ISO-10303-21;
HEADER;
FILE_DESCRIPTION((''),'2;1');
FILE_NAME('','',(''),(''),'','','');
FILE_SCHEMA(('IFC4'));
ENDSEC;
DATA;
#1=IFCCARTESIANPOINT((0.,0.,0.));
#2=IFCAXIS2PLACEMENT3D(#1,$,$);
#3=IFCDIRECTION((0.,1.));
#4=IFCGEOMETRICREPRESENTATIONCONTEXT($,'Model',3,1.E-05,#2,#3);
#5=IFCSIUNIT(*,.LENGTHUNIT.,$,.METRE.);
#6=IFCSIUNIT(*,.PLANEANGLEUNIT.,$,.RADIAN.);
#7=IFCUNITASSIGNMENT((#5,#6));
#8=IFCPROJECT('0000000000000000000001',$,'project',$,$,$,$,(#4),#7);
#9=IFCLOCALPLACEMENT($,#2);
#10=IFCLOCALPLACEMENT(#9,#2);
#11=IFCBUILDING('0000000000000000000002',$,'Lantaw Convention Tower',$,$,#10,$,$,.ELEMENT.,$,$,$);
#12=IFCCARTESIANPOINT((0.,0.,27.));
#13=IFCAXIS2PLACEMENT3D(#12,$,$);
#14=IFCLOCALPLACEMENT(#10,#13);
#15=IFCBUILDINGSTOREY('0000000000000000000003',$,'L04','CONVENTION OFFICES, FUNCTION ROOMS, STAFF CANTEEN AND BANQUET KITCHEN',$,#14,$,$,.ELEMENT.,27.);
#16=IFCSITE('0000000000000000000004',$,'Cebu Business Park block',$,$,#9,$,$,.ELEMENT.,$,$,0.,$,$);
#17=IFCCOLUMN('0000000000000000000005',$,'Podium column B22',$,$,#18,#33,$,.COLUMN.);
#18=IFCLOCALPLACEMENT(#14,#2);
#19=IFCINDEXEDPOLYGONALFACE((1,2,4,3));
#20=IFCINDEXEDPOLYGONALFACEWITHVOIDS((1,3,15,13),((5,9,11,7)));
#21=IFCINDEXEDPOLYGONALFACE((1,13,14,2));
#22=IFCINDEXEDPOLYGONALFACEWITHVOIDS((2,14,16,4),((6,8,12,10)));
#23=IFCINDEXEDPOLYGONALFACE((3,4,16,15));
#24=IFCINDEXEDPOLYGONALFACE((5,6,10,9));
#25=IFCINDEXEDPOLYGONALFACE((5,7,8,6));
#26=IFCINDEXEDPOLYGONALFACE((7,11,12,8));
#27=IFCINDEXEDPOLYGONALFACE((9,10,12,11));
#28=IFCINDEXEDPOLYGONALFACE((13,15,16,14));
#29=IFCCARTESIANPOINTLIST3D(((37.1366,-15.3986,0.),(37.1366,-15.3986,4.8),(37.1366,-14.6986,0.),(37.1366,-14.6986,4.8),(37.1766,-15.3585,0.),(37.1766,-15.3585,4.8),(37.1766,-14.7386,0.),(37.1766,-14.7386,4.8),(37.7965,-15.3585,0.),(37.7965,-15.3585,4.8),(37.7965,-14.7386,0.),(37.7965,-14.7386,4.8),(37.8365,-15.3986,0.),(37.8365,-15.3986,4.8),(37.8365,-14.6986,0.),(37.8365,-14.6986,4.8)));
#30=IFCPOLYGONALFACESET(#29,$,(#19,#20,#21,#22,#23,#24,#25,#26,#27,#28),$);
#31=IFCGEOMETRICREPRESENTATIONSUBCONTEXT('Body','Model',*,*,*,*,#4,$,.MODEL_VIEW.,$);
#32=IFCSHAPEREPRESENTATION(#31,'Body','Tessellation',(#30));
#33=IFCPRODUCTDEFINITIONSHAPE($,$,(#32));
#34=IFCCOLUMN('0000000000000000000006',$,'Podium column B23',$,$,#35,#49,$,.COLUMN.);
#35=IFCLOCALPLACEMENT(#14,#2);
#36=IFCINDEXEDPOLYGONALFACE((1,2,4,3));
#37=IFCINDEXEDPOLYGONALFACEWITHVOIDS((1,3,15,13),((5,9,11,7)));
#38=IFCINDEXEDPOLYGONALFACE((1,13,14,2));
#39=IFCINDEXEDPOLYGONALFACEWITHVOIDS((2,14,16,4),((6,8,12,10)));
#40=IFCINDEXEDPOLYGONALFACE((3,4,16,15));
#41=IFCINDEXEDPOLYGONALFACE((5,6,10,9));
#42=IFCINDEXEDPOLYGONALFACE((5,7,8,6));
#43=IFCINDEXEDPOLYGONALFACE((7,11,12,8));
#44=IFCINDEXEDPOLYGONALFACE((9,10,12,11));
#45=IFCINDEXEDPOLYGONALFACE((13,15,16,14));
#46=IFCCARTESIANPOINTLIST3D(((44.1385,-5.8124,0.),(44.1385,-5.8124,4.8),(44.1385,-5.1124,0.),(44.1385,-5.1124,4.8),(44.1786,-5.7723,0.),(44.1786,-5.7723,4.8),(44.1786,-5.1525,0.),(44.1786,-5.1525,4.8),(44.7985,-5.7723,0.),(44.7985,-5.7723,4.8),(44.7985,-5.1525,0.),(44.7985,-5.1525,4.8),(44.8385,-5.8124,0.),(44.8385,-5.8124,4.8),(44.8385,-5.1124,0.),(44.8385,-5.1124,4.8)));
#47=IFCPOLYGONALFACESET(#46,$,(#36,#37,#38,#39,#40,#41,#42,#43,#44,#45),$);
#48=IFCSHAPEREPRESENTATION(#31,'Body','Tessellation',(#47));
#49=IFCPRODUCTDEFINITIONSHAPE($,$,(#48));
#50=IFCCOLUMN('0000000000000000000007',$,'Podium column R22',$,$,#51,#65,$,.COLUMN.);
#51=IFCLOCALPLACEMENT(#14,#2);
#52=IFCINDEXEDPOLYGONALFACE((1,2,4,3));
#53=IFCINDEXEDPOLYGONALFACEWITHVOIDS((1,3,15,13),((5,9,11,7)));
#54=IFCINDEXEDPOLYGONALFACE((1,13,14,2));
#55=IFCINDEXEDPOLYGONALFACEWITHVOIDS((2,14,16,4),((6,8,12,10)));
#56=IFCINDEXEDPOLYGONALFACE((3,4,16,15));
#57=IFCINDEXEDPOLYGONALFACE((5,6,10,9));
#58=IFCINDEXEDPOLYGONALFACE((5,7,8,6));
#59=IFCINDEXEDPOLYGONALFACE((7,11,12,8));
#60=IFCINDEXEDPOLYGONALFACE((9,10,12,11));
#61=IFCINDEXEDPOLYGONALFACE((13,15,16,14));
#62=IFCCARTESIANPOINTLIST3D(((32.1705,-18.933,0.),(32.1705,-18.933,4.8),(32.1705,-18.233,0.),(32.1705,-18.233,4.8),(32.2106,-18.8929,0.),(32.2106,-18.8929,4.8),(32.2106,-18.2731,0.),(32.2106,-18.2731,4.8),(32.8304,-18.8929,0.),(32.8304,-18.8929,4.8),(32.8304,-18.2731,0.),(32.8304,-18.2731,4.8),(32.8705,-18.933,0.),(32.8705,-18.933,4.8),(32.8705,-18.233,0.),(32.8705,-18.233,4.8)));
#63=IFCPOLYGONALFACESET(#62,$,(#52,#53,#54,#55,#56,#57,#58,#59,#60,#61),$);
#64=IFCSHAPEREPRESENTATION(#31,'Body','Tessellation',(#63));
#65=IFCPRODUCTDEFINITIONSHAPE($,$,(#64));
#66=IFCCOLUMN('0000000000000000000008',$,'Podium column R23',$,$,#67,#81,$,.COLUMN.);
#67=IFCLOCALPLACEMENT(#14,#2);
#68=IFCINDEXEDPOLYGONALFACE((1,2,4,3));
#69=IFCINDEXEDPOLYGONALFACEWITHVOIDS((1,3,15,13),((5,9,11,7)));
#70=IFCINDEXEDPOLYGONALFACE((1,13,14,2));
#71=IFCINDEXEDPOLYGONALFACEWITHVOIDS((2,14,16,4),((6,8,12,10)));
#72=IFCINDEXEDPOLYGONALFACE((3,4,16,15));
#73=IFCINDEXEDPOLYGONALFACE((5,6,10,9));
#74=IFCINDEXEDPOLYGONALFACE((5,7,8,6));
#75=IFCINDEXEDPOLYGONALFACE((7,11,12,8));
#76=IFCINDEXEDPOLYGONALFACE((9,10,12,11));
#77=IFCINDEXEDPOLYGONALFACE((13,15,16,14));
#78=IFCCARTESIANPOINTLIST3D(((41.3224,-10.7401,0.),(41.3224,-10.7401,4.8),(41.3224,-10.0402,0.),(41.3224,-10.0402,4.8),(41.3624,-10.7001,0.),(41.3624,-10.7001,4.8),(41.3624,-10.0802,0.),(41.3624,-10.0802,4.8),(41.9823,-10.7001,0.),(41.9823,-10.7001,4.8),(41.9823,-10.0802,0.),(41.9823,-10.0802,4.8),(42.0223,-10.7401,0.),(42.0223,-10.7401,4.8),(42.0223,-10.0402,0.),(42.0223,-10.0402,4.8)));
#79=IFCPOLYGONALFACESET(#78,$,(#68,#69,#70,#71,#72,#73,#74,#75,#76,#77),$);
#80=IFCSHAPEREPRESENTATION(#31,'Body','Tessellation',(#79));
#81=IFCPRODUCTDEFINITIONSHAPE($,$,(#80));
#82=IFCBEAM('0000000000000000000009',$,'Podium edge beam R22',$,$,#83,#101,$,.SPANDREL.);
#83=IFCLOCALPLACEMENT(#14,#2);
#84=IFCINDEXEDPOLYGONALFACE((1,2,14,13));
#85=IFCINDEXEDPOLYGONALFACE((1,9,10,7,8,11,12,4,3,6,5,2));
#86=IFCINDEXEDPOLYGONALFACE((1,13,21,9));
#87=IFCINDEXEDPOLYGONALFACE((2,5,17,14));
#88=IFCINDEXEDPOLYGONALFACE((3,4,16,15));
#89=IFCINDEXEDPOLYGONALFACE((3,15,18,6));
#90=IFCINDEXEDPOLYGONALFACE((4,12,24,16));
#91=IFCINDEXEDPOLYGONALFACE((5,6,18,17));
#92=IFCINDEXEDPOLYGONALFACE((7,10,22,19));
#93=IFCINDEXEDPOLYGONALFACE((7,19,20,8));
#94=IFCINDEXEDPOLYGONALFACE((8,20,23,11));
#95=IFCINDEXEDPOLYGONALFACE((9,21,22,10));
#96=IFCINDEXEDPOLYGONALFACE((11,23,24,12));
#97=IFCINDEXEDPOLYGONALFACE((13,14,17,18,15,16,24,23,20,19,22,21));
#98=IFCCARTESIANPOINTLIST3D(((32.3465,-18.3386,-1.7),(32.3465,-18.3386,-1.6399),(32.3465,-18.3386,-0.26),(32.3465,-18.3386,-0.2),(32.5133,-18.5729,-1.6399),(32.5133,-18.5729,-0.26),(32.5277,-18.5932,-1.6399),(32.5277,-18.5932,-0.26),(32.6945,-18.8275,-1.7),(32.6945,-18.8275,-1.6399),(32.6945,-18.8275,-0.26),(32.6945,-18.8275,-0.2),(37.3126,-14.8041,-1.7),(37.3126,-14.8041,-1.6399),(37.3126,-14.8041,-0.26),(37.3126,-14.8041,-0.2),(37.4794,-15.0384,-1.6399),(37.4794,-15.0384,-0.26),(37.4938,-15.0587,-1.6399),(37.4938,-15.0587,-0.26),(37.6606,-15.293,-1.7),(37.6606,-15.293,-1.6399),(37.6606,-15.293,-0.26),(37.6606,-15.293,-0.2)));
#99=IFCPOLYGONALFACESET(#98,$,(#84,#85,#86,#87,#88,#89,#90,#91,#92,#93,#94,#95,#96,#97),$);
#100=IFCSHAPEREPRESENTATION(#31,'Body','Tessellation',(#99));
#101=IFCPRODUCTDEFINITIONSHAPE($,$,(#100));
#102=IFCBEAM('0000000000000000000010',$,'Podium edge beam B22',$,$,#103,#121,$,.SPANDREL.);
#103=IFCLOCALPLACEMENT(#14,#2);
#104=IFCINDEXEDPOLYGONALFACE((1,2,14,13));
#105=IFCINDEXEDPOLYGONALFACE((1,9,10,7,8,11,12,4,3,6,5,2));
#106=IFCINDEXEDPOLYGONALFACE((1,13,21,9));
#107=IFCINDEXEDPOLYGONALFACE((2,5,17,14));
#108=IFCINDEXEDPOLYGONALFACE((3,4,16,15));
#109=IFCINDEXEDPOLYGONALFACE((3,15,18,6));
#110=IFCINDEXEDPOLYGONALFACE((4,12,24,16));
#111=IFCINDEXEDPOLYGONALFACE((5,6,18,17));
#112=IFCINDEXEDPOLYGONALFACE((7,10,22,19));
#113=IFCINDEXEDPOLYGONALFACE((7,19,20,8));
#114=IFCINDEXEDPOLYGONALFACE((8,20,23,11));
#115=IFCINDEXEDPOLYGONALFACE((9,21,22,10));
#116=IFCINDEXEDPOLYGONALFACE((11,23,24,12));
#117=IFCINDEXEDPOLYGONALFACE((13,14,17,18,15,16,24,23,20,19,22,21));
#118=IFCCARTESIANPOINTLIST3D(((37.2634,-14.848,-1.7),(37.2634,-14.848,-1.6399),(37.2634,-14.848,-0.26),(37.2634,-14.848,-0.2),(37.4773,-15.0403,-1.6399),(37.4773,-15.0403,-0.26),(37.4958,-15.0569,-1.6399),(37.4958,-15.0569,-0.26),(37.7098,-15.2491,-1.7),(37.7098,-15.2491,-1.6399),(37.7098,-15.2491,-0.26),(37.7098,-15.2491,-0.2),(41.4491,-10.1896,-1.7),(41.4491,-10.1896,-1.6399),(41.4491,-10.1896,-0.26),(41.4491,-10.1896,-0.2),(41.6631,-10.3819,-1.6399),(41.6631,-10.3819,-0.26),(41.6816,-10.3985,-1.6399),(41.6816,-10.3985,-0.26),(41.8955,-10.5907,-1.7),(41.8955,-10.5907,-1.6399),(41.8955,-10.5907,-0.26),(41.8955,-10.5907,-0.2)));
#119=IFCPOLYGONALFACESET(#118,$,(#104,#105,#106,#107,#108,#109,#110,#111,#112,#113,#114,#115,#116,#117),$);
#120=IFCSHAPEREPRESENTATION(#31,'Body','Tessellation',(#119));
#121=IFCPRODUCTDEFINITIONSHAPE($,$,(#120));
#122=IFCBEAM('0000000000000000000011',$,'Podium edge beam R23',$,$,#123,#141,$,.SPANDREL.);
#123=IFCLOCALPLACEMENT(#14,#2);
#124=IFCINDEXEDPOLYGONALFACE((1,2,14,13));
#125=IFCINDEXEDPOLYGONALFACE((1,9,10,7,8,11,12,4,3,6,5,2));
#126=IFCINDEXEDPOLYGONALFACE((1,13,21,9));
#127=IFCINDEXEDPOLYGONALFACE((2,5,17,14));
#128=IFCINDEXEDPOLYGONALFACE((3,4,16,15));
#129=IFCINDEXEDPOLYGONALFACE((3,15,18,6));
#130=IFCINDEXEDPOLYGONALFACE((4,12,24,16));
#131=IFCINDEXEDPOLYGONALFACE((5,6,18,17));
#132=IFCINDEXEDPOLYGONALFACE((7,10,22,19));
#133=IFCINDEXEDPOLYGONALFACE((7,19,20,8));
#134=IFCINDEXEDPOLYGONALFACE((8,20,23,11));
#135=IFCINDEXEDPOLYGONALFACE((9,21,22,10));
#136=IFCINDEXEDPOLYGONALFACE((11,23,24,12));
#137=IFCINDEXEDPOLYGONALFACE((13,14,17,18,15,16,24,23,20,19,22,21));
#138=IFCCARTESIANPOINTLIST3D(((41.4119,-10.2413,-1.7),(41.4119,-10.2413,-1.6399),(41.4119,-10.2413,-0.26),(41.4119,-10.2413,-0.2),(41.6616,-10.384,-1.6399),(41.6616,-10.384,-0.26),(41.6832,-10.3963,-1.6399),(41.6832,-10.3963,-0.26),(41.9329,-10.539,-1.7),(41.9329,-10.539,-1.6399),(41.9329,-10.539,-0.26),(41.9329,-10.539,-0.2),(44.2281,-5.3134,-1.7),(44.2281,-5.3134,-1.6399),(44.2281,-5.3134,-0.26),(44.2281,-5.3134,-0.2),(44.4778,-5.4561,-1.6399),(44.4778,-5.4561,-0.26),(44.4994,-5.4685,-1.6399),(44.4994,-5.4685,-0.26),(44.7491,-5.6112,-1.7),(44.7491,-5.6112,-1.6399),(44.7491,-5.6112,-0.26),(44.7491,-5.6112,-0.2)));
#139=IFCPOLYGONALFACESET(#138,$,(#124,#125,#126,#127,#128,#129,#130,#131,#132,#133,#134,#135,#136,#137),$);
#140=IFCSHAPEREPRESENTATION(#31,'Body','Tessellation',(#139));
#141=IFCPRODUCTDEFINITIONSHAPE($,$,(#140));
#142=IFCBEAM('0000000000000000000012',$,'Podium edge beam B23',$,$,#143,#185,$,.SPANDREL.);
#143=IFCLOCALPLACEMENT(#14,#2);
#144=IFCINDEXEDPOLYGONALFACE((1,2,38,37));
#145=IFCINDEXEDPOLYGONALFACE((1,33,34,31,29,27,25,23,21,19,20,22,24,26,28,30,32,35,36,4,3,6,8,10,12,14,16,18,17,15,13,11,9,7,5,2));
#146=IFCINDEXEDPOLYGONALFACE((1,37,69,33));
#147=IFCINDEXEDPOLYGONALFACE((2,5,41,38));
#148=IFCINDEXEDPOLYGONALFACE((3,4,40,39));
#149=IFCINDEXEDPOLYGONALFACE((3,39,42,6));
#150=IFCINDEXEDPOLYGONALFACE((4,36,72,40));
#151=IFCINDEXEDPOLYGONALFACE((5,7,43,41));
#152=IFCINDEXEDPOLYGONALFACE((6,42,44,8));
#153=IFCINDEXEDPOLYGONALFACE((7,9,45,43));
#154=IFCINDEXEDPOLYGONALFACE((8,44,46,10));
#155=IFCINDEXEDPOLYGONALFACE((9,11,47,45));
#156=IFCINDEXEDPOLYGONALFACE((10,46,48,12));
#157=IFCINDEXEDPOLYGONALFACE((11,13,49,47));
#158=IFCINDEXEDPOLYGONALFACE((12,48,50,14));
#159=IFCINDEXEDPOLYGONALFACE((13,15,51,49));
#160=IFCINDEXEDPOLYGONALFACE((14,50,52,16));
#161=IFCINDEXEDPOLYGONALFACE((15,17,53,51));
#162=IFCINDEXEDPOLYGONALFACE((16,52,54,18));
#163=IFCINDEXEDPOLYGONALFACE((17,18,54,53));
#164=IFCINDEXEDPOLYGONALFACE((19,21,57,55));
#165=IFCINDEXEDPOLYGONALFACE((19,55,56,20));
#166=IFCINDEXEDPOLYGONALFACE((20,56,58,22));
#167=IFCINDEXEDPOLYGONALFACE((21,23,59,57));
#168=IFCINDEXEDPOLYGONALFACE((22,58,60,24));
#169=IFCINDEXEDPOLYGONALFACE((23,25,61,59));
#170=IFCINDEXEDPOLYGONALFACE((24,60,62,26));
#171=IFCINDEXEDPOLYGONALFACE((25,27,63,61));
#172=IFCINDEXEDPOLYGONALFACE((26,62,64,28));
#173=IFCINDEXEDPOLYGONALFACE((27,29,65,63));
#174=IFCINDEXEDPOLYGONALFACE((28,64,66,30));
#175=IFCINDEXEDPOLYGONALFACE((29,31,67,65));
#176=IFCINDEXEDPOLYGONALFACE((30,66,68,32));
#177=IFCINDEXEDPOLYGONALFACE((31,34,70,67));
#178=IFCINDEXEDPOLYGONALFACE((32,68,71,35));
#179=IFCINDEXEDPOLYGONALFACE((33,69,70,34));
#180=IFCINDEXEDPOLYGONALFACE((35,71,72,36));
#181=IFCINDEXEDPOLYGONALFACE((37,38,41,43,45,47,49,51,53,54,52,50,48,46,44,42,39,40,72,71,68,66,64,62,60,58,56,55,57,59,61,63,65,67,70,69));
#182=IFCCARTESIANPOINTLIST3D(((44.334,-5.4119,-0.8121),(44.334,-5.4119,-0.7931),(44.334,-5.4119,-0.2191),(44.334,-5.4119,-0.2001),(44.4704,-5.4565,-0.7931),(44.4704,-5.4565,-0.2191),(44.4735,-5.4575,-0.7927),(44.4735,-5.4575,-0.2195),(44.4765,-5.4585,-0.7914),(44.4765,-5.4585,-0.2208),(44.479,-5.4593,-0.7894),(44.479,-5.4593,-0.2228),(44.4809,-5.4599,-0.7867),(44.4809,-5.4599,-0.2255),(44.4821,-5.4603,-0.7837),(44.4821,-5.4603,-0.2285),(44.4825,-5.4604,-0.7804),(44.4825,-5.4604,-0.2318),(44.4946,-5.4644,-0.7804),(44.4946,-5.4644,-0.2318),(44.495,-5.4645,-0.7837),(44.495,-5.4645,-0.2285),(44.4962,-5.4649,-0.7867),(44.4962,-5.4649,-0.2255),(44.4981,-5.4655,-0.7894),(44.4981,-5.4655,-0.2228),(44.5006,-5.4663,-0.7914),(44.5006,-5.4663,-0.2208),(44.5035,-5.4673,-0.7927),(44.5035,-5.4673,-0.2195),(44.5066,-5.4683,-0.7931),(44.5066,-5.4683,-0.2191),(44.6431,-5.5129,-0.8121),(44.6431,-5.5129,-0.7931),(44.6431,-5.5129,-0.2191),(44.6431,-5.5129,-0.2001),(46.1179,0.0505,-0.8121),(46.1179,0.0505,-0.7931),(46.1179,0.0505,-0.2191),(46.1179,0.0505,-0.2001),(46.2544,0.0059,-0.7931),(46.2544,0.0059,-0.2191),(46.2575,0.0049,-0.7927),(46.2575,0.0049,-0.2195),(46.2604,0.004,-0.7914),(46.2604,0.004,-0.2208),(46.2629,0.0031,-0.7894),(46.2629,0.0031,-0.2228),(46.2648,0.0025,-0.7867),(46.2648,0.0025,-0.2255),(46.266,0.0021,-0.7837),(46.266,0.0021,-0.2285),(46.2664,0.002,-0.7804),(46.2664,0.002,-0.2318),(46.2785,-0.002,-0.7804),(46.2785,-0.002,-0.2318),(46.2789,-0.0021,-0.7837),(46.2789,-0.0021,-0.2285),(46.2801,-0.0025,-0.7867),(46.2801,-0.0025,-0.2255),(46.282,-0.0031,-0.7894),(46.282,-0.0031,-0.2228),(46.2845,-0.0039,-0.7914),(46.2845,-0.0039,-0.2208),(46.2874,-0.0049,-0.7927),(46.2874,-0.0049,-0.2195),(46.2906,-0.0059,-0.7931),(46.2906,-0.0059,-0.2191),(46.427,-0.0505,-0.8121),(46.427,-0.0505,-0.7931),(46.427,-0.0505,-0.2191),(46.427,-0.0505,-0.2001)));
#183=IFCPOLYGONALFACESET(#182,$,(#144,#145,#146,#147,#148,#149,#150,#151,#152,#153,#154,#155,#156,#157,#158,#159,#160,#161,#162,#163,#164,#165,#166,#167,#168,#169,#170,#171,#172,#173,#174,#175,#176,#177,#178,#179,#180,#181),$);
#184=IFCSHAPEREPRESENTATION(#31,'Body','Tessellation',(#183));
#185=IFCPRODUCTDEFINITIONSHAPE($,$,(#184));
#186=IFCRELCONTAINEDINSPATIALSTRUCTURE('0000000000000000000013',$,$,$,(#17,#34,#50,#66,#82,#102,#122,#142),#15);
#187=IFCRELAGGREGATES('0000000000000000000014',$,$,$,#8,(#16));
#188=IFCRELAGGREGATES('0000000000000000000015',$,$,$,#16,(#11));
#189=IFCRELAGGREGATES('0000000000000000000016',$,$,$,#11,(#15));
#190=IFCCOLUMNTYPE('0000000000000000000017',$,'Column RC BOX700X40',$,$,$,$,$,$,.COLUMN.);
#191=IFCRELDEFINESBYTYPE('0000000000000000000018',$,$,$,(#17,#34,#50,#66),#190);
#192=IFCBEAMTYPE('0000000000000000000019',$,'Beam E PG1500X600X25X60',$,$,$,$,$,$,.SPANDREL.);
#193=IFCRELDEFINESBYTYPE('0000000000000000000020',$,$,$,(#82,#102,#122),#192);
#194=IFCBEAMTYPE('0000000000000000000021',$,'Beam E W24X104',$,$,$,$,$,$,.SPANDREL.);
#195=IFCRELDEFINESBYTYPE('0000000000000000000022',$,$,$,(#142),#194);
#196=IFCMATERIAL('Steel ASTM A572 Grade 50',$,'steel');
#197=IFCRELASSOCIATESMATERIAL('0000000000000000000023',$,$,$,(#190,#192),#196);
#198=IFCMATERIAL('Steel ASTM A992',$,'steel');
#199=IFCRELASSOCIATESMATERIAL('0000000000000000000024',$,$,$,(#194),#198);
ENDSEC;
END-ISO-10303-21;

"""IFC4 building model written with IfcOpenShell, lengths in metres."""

from ifc_helpers import new_model, si_unit, direction, frame, origin, origin_2d, place, context, subcontext, project, spatial, hollow_rectangle, i_section, extrude, material, material_profile, profile_set, type_object, element, save


model = new_model("IFC4")

# Units and contexts
model_context = context("Model", 3, precision=1e-05, world=origin(), true_north=direction((0.0, 1.0)))
body_context = subcontext(model_context, "Body", "Model", "MODEL_VIEW")
ifc_project = project(units=[si_unit("LENGTHUNIT", "METRE"), si_unit("PLANEANGLEUNIT", "RADIAN")], contexts=[model_context])

# Site, building, storey
site_placement = place(None, origin())
site = spatial("IfcSite", under=ifc_project, at=site_placement, Name="Cebu Business Park block", CompositionType="ELEMENT", RefElevation=0.0)
building_placement = place(site_placement, origin())
building = spatial("IfcBuilding", under=site, at=building_placement, Name="Lantaw Convention Tower", CompositionType="ELEMENT")
storey_placement = place(building_placement, frame((0.0, 0.0, 27.0)))
storey = spatial("IfcBuildingStorey", under=building, at=storey_placement, Name="L04", Description="CONVENTION OFFICES, FUNCTION ROOMS, STAFF CANTEEN AND BANQUET KITCHEN", CompositionType="ELEMENT", Elevation=27.0)

# Columns
ifc_material_1 = material(Name="Steel ASTM A572 Grade 50", Category="steel")
ifc_material_profile_1 = material_profile(ifc_material_1, hollow_rectangle(XDim=0.7, YDim=0.7, WallThickness=0.04, at=origin_2d()), Name="BOX700X40")
ifc_profile_set_1 = profile_set([ifc_material_profile_1], Name="Steel ASTM A572 Grade 50")
column_type = type_object("IfcColumnType", Name="Column RC BOX700X40", PredefinedType="COLUMN", material=ifc_profile_set_1)
for number, where, z_axis, x_axis, name in (
    (1, (37.4866, -15.0486, 0.0), (0.0, 0.0, 1.0), (1.0, 0.0, 0.0), "Podium column B22"),
    (2, (44.4885, -5.4624, 0.0), (0.0, 0.0, 1.0), (1.0, 0.0, 0.0), "Podium column B23"),
    (3, (32.5205, -18.583, 0.0), (0.0, 0.0, 1.0), (1.0, 0.0, 0.0), "Podium column R22"),
    (4, (41.6724, -10.3901, 0.0), (0.0, 0.0, 1.0), (1.0, 0.0, 0.0), "Podium column R23"),
):
    element("IfcColumn", number, at=place(storey_placement, frame(where, z_axis=z_axis, x_axis=x_axis)), inside=storey, type_object=column_type, Name=name, PredefinedType="COLUMN", context=body_context, shape_type="SweptSolid", body=[
        extrude(hollow_rectangle(XDim=0.7, YDim=0.7, WallThickness=0.04, at=origin_2d()), origin(), (0.0, 0.0, 1.0), 4.8),
    ])

# Beams
ifc_material_profile_2 = material_profile(ifc_material_1, i_section(OverallWidth=0.6001, OverallDepth=1.5, WebThickness=0.0249, FlangeThickness=0.0601, at=origin_2d()), Name="PG1500X600X25X60")
ifc_profile_set_2 = profile_set([ifc_material_profile_2], Name="Steel ASTM A572 Grade 50")
beam_type_1 = type_object("IfcBeamType", Name="Beam E PG1500X600X25X60", PredefinedType="SPANDREL", material=ifc_profile_set_2)
beam_1_placement = place(storey_placement, frame((32.5205, -18.583, -0.95), z_axis=(0.814723, 0.579851, 0.0), x_axis=(-0.579851, 0.814723, 0.0)))
element("IfcBeam", 5, at=beam_1_placement, inside=storey, type_object=beam_type_1, Name="Podium edge beam R22", PredefinedType="SPANDREL", context=body_context, shape_type="SweptSolid", body=[
    extrude(i_section(OverallWidth=0.6001, OverallDepth=1.5, WebThickness=0.0249, FlangeThickness=0.0601, at=origin_2d()), origin(), (0.0, 0.0, 1.0), 6.0955),
])
beam_2_placement = place(storey_placement, frame((37.4866, -15.0486, -0.95), z_axis=(0.668364, 0.743835, 0.0), x_axis=(-0.743835, 0.668364, 0.0)))
element("IfcBeam", 6, at=beam_2_placement, inside=storey, type_object=beam_type_1, Name="Podium edge beam B22", PredefinedType="SPANDREL", context=body_context, shape_type="SweptSolid", body=[
    extrude(i_section(OverallWidth=0.6001, OverallDepth=1.5, WebThickness=0.0249, FlangeThickness=0.0601, at=origin_2d()), origin(), (0.0, 0.0, 1.0), 6.2627),
])
beam_3_placement = place(storey_placement, frame((41.6724, -10.3901, -0.95), z_axis=(0.496181, 0.868219, 0.0), x_axis=(-0.868219, 0.496181, 0.0)))
element("IfcBeam", 7, at=beam_3_placement, inside=storey, type_object=beam_type_1, Name="Podium edge beam R23", PredefinedType="SPANDREL", context=body_context, shape_type="SweptSolid", body=[
    extrude(i_section(OverallWidth=0.6001, OverallDepth=1.5, WebThickness=0.0249, FlangeThickness=0.0601, at=origin_2d()), origin(), (0.0, 0.0, 1.0), 5.6758),
])
ifc_material_2 = material(Name="Steel ASTM A992", Category="steel")
ifc_material_profile_3 = material_profile(ifc_material_2, i_section(OverallWidth=0.3252, OverallDepth=0.6121, WebThickness=0.0127, FlangeThickness=0.019, FilletRadius=0.0127, at=origin_2d()), Name="W24X104")
ifc_profile_set_3 = profile_set([ifc_material_profile_3], Name="Steel ASTM A992")
beam_type_2 = type_object("IfcBeamType", Name="Beam E W24X104", PredefinedType="SPANDREL", material=ifc_profile_set_3)
beam_4_placement = place(storey_placement, frame((44.4885, -5.4624, -0.5061), z_axis=(0.310448, 0.95059, 0.0), x_axis=(-0.95059, 0.310448, 0.0)))
element("IfcBeam", 8, at=beam_4_placement, inside=storey, type_object=beam_type_2, Name="Podium edge beam B23", PredefinedType="SPANDREL", context=body_context, shape_type="SweptSolid", body=[
    extrude(i_section(OverallWidth=0.3252, OverallDepth=0.6121, WebThickness=0.0127, FlangeThickness=0.019, FilletRadius=0.0127, at=origin_2d()), origin(), (0.0, 0.0, 1.0), 5.7463),
])

save(model, "model.ifc")
